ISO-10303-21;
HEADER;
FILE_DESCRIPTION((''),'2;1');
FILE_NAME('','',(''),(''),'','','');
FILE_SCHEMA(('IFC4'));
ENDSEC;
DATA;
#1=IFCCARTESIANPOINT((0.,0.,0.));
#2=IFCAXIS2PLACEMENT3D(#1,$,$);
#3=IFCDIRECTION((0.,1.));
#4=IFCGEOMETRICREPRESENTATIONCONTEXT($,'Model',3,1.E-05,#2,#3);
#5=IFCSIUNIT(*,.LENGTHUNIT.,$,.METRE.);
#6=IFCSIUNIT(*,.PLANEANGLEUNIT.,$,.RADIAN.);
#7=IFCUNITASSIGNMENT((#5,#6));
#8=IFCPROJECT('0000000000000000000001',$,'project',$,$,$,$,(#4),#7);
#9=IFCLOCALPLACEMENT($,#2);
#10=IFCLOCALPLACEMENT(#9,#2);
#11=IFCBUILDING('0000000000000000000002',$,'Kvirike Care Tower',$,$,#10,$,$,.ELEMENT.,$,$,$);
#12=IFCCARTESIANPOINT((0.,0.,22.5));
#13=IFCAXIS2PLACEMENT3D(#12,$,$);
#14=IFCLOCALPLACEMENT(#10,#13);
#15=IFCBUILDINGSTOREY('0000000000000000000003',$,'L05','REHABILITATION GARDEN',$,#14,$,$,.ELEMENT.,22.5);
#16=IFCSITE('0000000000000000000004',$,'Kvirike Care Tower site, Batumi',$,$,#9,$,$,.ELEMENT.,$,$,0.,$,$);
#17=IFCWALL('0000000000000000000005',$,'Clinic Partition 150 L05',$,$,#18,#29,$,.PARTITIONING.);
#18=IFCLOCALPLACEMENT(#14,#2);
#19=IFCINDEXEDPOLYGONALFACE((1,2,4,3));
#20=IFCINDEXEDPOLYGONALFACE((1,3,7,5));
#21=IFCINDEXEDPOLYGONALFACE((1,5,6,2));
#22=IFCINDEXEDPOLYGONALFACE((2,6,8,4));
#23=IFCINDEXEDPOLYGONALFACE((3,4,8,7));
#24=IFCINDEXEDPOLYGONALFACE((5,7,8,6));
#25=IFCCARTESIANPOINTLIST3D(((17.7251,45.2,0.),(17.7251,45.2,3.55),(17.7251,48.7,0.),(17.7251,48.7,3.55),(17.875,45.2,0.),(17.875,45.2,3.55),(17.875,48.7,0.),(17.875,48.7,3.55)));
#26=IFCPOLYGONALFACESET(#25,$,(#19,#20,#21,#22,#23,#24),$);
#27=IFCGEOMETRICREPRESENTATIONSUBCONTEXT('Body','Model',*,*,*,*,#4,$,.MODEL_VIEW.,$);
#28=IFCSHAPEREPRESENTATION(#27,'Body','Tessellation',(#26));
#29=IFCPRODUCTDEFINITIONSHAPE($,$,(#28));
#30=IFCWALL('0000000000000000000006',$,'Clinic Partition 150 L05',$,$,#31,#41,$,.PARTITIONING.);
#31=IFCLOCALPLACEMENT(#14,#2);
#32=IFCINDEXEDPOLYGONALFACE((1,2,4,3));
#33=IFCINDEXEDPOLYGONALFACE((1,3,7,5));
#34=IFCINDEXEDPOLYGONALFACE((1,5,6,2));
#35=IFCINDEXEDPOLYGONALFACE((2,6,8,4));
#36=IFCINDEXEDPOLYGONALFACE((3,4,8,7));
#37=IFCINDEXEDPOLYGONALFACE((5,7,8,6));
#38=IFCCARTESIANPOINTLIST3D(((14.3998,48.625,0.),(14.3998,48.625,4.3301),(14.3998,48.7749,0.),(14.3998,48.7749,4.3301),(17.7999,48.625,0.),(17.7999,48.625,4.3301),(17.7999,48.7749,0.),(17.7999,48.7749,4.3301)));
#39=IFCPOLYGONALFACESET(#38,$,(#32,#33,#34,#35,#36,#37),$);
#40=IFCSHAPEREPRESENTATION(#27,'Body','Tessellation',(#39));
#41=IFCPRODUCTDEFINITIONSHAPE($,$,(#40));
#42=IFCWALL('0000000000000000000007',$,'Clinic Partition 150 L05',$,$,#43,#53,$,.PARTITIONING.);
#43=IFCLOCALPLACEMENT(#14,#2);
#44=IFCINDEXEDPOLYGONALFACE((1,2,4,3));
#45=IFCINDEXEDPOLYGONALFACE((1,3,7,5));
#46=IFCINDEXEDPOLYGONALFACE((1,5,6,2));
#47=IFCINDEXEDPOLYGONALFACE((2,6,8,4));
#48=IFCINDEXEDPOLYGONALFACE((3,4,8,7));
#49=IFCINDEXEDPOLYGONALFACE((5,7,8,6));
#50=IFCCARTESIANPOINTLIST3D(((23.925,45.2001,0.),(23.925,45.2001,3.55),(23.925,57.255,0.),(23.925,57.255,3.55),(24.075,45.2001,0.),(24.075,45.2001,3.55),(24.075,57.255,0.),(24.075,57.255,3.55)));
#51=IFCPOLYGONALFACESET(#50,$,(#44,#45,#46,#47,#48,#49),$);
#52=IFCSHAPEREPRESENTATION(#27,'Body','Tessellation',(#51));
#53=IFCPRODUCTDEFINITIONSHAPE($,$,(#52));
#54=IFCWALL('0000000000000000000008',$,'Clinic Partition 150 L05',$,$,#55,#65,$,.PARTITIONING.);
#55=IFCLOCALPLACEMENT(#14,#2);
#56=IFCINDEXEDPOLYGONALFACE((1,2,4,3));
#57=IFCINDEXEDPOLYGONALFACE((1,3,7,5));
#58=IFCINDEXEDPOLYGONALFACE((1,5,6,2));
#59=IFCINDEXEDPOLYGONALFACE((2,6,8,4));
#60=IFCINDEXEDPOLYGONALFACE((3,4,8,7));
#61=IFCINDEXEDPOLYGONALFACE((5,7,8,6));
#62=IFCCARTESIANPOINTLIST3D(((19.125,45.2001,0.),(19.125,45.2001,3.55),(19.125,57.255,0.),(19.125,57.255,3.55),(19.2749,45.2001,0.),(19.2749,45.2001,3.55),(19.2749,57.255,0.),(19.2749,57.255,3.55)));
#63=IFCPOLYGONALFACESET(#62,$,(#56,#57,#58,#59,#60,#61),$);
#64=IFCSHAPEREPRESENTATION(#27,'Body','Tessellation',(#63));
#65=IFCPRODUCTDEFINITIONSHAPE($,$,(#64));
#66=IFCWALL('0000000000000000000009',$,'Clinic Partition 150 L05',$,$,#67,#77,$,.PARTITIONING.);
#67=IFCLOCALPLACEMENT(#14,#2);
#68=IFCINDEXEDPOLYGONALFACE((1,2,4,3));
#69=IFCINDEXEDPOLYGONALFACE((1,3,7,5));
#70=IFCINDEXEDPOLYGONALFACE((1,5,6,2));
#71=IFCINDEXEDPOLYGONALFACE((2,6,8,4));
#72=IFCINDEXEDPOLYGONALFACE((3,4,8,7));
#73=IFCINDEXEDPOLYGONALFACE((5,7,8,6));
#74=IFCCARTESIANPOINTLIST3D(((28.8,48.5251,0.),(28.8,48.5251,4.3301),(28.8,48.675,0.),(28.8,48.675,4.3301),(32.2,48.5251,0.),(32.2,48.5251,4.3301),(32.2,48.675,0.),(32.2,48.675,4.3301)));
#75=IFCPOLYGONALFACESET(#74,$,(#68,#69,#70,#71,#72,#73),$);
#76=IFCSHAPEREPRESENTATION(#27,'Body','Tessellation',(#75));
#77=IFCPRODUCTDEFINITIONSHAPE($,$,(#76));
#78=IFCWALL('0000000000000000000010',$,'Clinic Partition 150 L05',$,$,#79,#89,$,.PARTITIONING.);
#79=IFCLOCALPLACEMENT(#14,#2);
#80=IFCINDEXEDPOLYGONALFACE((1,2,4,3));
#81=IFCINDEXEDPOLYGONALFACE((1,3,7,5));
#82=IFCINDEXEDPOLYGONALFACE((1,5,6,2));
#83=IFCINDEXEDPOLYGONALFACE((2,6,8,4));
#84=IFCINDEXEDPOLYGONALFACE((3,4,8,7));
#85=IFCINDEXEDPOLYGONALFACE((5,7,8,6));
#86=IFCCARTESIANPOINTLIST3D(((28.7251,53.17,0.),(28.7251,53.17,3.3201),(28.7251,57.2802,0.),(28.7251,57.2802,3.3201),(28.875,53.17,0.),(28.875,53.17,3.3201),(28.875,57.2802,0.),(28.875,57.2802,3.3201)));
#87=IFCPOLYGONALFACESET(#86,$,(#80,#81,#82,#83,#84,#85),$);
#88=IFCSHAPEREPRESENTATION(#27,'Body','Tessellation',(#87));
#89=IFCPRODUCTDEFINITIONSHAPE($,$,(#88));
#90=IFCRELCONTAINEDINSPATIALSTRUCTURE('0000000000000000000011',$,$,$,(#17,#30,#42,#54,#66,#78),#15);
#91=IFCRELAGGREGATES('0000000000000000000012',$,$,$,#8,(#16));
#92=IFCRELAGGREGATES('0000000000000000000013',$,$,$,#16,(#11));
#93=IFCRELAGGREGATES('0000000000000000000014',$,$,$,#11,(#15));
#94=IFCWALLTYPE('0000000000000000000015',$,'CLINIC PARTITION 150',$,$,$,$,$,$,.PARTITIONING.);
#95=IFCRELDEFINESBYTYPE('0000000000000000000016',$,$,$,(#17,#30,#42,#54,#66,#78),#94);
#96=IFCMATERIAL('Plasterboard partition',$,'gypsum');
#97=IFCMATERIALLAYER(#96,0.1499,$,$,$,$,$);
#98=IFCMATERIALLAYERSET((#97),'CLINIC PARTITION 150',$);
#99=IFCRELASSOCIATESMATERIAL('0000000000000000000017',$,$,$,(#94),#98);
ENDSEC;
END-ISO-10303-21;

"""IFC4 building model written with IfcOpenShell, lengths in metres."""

from ifc_helpers import new_model, si_unit, direction, frame, frame_2d, origin, place, context, subcontext, project, spatial, rectangle, extrude, material, layer, layer_set, type_object, element, save


model = new_model("IFC4")

# Units and contexts
model_context = context("Model", 3, precision=1e-05, world=origin(), true_north=direction((0.0, 1.0)))
body_context = subcontext(model_context, "Body", "Model", "MODEL_VIEW")
ifc_project = project(units=[si_unit("LENGTHUNIT", "METRE"), si_unit("PLANEANGLEUNIT", "RADIAN")], contexts=[model_context])

# Site, building, storey
site_placement = place(None, origin())
site = spatial("IfcSite", under=ifc_project, at=site_placement, Name="Kvirike Care Tower site, Batumi", CompositionType="ELEMENT", RefElevation=0.0)
building_placement = place(site_placement, origin())
building = spatial("IfcBuilding", under=site, at=building_placement, Name="Kvirike Care Tower", CompositionType="ELEMENT")
storey_placement = place(building_placement, frame((0.0, 0.0, 22.5)))
storey = spatial("IfcBuildingStorey", under=building, at=storey_placement, Name="L05", Description="REHABILITATION GARDEN", CompositionType="ELEMENT", Elevation=22.5)

# Walls
ifc_material_1 = material(Name="Plasterboard partition", Category="gypsum")
ifc_layer_1 = layer(ifc_material_1, 0.1499)
ifc_layer_set_1 = layer_set([ifc_layer_1], Name="CLINIC PARTITION 150")
wall_type = type_object("IfcWallType", Name="CLINIC PARTITION 150", PredefinedType="PARTITIONING", material=ifc_layer_set_1)
wall_1_placement = place(storey_placement, frame((17.8, 48.7, 0.0), z_axis=(0.0, 0.0, 1.0), x_axis=(0.0, -1.0, 0.0)))
element("IfcWall", 1, at=wall_1_placement, inside=storey, type_object=wall_type, Name="Clinic Partition 150 L05", PredefinedType="PARTITIONING", context=body_context, shape_type="SweptSolid", body=[
    extrude(rectangle(XDim=3.5, YDim=0.1499, at=frame_2d((1.75, 0.0))), origin(), (0.0, 0.0, 1.0), 3.55),
])
wall_2_placement = place(storey_placement, frame((17.8, 48.7, 0.0), z_axis=(0.0, 0.0, 1.0), x_axis=(-1.0, 0.0, 0.0)))
element("IfcWall", 2, at=wall_2_placement, inside=storey, type_object=wall_type, Name="Clinic Partition 150 L05", PredefinedType="PARTITIONING", context=body_context, shape_type="SweptSolid", body=[
    extrude(rectangle(XDim=3.4001, YDim=0.1499, at=frame_2d((1.7002, 0.0))), origin(), (0.0, 0.0, 1.0), 4.3301),
])
for number, where, z_axis, x_axis, name in (
    (3, (24.0, 57.2549, 0.0), (0.0, 0.0, 1.0), (0.0, -1.0, 0.0), "Clinic Partition 150 L05"),
    (4, (19.2, 57.2549, 0.0), (0.0, 0.0, 1.0), (0.0, -1.0, 0.0), "Clinic Partition 150 L05"),
):
    element("IfcWall", number, at=place(storey_placement, frame(where, z_axis=z_axis, x_axis=x_axis)), inside=storey, type_object=wall_type, Name=name, PredefinedType="PARTITIONING", context=body_context, shape_type="SweptSolid", body=[
        extrude(rectangle(XDim=12.0549, YDim=0.1499, at=frame_2d((6.0273, 0.0))), origin(), (0.0, 0.0, 1.0), 3.55),
    ])
wall_3_placement = place(storey_placement, frame((32.2, 48.6001, 0.0), z_axis=(0.0, 0.0, 1.0), x_axis=(-1.0, 0.0, 0.0)))
element("IfcWall", 5, at=wall_3_placement, inside=storey, type_object=wall_type, Name="Clinic Partition 150 L05", PredefinedType="PARTITIONING", context=body_context, shape_type="SweptSolid", body=[
    extrude(rectangle(XDim=3.3999, YDim=0.1499, at=frame_2d((1.7, 0.0))), origin(), (0.0, 0.0, 1.0), 4.3301),
])
wall_4_placement = place(storey_placement, frame((28.8, 53.1699, 0.0), z_axis=(0.0, 0.0, 1.0), x_axis=(0.0, 1.0, 0.0)))
element("IfcWall", 6, at=wall_4_placement, inside=storey, type_object=wall_type, Name="Clinic Partition 150 L05", PredefinedType="PARTITIONING", context=body_context, shape_type="SweptSolid", body=[
    extrude(rectangle(XDim=4.1101, YDim=0.1499, at=frame_2d((2.0552, 0.0))), origin(), (0.0, 0.0, 1.0), 3.3201),
])

save(model, "model.ifc")
